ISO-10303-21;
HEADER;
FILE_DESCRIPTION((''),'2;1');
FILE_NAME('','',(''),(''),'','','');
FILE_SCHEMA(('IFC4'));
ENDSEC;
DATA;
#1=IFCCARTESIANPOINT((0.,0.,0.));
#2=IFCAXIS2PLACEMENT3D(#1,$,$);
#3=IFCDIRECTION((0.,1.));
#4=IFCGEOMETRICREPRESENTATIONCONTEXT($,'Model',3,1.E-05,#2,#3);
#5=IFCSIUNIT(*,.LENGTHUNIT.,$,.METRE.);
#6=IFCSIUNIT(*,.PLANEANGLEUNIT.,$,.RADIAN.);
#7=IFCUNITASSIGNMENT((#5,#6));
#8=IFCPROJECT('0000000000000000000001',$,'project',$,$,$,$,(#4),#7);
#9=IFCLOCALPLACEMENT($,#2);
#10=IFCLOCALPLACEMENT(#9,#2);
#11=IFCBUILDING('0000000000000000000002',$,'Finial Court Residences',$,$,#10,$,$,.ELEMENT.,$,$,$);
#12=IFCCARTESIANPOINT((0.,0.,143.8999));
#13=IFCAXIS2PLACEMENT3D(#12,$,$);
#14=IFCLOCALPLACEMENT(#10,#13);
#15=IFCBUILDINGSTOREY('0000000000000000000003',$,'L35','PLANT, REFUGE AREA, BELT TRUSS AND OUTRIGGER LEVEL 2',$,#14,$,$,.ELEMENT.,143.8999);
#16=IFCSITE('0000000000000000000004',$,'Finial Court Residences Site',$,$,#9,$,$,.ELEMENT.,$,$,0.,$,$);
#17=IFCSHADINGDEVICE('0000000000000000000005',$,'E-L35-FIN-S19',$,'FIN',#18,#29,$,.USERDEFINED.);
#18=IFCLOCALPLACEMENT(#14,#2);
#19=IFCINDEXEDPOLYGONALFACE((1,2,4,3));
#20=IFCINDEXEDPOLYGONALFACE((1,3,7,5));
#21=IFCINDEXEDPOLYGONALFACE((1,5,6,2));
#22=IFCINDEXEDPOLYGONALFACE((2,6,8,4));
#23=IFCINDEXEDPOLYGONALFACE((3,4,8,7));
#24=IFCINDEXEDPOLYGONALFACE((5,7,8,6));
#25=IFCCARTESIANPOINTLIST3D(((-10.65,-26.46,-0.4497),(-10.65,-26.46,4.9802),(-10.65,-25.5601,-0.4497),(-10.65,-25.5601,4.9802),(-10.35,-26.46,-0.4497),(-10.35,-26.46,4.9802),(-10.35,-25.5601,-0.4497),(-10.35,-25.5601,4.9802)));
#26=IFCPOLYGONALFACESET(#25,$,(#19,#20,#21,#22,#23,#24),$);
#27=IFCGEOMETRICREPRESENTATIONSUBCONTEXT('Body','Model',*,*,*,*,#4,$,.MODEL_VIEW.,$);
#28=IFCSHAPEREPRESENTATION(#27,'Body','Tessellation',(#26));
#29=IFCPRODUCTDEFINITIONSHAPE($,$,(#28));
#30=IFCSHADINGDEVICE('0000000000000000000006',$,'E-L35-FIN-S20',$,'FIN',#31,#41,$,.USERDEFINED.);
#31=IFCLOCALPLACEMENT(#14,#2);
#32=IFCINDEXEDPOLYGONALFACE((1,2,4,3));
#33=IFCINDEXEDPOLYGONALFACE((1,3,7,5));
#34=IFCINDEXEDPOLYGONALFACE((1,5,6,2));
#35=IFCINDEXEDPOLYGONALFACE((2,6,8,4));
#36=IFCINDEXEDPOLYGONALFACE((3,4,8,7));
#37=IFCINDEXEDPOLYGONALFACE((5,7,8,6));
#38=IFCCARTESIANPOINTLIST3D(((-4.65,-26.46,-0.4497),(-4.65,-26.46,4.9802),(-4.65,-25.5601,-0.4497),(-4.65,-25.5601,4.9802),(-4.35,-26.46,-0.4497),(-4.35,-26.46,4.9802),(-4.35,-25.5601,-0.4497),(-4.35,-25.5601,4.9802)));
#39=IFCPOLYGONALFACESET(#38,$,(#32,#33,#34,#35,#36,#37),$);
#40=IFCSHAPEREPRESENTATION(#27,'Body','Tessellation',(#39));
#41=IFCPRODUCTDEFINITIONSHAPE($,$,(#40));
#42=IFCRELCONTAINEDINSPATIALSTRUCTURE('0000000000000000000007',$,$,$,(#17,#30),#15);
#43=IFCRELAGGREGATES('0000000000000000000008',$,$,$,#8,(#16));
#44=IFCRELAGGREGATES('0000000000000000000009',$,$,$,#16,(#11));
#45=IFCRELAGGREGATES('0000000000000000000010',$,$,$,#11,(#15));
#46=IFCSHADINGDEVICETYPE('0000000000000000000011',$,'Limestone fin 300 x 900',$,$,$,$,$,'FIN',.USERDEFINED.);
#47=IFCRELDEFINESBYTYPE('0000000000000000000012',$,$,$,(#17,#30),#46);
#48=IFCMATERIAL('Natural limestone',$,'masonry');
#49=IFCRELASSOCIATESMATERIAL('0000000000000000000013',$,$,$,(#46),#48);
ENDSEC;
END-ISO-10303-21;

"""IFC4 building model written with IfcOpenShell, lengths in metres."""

from ifc_helpers import new_model, si_unit, direction, frame, origin, origin_2d, place, context, subcontext, project, spatial, rectangle, extrude, material, type_object, element, save


model = new_model("IFC4")

# Units and contexts
model_context = context("Model", 3, precision=1e-05, world=origin(), true_north=direction((0.0, 1.0)))
body_context = subcontext(model_context, "Body", "Model", "MODEL_VIEW")
ifc_project = project(units=[si_unit("LENGTHUNIT", "METRE"), si_unit("PLANEANGLEUNIT", "RADIAN")], contexts=[model_context])

# Site, building, storey
site_placement = place(None, origin())
site = spatial("IfcSite", under=ifc_project, at=site_placement, Name="Finial Court Residences Site", CompositionType="ELEMENT", RefElevation=0.0)
building_placement = place(site_placement, origin())
building = spatial("IfcBuilding", under=site, at=building_placement, Name="Finial Court Residences", CompositionType="ELEMENT")
storey_placement = place(building_placement, frame((0.0, 0.0, 143.8999)))
storey = spatial("IfcBuildingStorey", under=building, at=storey_placement, Name="L35", Description="PLANT, REFUGE AREA, BELT TRUSS AND OUTRIGGER LEVEL 2", CompositionType="ELEMENT", Elevation=143.8999)

# Shared definitions
ifc_material_1 = material(Name="Natural limestone", Category="masonry")

# Shading devices
shading_device_type = type_object("IfcShadingDeviceType", Name="Limestone fin 300 x 900", ElementType="FIN", PredefinedType="USERDEFINED", material=ifc_material_1)
for number, where, z_axis, x_axis, name in (
    (1, (-10.5, -26.01, -0.4497), (0.0, 0.0, 1.0), (1.0, 0.0, 0.0), "E-L35-FIN-S19"),
    (2, (-4.5, -26.01, -0.4497), (0.0, 0.0, 1.0), (1.0, 0.0, 0.0), "E-L35-FIN-S20"),
):
    element("IfcShadingDevice", number, at=place(storey_placement, frame(where, z_axis=z_axis, x_axis=x_axis)), inside=storey, type_object=shading_device_type, Name=name, ObjectType="FIN", PredefinedType="USERDEFINED", context=body_context, shape_type="SweptSolid", body=[
        extrude(rectangle(XDim=0.3, YDim=0.8999, at=origin_2d()), origin(), (0.0, 0.0, 1.0), 5.4299),
    ])

save(model, "model.ifc")
